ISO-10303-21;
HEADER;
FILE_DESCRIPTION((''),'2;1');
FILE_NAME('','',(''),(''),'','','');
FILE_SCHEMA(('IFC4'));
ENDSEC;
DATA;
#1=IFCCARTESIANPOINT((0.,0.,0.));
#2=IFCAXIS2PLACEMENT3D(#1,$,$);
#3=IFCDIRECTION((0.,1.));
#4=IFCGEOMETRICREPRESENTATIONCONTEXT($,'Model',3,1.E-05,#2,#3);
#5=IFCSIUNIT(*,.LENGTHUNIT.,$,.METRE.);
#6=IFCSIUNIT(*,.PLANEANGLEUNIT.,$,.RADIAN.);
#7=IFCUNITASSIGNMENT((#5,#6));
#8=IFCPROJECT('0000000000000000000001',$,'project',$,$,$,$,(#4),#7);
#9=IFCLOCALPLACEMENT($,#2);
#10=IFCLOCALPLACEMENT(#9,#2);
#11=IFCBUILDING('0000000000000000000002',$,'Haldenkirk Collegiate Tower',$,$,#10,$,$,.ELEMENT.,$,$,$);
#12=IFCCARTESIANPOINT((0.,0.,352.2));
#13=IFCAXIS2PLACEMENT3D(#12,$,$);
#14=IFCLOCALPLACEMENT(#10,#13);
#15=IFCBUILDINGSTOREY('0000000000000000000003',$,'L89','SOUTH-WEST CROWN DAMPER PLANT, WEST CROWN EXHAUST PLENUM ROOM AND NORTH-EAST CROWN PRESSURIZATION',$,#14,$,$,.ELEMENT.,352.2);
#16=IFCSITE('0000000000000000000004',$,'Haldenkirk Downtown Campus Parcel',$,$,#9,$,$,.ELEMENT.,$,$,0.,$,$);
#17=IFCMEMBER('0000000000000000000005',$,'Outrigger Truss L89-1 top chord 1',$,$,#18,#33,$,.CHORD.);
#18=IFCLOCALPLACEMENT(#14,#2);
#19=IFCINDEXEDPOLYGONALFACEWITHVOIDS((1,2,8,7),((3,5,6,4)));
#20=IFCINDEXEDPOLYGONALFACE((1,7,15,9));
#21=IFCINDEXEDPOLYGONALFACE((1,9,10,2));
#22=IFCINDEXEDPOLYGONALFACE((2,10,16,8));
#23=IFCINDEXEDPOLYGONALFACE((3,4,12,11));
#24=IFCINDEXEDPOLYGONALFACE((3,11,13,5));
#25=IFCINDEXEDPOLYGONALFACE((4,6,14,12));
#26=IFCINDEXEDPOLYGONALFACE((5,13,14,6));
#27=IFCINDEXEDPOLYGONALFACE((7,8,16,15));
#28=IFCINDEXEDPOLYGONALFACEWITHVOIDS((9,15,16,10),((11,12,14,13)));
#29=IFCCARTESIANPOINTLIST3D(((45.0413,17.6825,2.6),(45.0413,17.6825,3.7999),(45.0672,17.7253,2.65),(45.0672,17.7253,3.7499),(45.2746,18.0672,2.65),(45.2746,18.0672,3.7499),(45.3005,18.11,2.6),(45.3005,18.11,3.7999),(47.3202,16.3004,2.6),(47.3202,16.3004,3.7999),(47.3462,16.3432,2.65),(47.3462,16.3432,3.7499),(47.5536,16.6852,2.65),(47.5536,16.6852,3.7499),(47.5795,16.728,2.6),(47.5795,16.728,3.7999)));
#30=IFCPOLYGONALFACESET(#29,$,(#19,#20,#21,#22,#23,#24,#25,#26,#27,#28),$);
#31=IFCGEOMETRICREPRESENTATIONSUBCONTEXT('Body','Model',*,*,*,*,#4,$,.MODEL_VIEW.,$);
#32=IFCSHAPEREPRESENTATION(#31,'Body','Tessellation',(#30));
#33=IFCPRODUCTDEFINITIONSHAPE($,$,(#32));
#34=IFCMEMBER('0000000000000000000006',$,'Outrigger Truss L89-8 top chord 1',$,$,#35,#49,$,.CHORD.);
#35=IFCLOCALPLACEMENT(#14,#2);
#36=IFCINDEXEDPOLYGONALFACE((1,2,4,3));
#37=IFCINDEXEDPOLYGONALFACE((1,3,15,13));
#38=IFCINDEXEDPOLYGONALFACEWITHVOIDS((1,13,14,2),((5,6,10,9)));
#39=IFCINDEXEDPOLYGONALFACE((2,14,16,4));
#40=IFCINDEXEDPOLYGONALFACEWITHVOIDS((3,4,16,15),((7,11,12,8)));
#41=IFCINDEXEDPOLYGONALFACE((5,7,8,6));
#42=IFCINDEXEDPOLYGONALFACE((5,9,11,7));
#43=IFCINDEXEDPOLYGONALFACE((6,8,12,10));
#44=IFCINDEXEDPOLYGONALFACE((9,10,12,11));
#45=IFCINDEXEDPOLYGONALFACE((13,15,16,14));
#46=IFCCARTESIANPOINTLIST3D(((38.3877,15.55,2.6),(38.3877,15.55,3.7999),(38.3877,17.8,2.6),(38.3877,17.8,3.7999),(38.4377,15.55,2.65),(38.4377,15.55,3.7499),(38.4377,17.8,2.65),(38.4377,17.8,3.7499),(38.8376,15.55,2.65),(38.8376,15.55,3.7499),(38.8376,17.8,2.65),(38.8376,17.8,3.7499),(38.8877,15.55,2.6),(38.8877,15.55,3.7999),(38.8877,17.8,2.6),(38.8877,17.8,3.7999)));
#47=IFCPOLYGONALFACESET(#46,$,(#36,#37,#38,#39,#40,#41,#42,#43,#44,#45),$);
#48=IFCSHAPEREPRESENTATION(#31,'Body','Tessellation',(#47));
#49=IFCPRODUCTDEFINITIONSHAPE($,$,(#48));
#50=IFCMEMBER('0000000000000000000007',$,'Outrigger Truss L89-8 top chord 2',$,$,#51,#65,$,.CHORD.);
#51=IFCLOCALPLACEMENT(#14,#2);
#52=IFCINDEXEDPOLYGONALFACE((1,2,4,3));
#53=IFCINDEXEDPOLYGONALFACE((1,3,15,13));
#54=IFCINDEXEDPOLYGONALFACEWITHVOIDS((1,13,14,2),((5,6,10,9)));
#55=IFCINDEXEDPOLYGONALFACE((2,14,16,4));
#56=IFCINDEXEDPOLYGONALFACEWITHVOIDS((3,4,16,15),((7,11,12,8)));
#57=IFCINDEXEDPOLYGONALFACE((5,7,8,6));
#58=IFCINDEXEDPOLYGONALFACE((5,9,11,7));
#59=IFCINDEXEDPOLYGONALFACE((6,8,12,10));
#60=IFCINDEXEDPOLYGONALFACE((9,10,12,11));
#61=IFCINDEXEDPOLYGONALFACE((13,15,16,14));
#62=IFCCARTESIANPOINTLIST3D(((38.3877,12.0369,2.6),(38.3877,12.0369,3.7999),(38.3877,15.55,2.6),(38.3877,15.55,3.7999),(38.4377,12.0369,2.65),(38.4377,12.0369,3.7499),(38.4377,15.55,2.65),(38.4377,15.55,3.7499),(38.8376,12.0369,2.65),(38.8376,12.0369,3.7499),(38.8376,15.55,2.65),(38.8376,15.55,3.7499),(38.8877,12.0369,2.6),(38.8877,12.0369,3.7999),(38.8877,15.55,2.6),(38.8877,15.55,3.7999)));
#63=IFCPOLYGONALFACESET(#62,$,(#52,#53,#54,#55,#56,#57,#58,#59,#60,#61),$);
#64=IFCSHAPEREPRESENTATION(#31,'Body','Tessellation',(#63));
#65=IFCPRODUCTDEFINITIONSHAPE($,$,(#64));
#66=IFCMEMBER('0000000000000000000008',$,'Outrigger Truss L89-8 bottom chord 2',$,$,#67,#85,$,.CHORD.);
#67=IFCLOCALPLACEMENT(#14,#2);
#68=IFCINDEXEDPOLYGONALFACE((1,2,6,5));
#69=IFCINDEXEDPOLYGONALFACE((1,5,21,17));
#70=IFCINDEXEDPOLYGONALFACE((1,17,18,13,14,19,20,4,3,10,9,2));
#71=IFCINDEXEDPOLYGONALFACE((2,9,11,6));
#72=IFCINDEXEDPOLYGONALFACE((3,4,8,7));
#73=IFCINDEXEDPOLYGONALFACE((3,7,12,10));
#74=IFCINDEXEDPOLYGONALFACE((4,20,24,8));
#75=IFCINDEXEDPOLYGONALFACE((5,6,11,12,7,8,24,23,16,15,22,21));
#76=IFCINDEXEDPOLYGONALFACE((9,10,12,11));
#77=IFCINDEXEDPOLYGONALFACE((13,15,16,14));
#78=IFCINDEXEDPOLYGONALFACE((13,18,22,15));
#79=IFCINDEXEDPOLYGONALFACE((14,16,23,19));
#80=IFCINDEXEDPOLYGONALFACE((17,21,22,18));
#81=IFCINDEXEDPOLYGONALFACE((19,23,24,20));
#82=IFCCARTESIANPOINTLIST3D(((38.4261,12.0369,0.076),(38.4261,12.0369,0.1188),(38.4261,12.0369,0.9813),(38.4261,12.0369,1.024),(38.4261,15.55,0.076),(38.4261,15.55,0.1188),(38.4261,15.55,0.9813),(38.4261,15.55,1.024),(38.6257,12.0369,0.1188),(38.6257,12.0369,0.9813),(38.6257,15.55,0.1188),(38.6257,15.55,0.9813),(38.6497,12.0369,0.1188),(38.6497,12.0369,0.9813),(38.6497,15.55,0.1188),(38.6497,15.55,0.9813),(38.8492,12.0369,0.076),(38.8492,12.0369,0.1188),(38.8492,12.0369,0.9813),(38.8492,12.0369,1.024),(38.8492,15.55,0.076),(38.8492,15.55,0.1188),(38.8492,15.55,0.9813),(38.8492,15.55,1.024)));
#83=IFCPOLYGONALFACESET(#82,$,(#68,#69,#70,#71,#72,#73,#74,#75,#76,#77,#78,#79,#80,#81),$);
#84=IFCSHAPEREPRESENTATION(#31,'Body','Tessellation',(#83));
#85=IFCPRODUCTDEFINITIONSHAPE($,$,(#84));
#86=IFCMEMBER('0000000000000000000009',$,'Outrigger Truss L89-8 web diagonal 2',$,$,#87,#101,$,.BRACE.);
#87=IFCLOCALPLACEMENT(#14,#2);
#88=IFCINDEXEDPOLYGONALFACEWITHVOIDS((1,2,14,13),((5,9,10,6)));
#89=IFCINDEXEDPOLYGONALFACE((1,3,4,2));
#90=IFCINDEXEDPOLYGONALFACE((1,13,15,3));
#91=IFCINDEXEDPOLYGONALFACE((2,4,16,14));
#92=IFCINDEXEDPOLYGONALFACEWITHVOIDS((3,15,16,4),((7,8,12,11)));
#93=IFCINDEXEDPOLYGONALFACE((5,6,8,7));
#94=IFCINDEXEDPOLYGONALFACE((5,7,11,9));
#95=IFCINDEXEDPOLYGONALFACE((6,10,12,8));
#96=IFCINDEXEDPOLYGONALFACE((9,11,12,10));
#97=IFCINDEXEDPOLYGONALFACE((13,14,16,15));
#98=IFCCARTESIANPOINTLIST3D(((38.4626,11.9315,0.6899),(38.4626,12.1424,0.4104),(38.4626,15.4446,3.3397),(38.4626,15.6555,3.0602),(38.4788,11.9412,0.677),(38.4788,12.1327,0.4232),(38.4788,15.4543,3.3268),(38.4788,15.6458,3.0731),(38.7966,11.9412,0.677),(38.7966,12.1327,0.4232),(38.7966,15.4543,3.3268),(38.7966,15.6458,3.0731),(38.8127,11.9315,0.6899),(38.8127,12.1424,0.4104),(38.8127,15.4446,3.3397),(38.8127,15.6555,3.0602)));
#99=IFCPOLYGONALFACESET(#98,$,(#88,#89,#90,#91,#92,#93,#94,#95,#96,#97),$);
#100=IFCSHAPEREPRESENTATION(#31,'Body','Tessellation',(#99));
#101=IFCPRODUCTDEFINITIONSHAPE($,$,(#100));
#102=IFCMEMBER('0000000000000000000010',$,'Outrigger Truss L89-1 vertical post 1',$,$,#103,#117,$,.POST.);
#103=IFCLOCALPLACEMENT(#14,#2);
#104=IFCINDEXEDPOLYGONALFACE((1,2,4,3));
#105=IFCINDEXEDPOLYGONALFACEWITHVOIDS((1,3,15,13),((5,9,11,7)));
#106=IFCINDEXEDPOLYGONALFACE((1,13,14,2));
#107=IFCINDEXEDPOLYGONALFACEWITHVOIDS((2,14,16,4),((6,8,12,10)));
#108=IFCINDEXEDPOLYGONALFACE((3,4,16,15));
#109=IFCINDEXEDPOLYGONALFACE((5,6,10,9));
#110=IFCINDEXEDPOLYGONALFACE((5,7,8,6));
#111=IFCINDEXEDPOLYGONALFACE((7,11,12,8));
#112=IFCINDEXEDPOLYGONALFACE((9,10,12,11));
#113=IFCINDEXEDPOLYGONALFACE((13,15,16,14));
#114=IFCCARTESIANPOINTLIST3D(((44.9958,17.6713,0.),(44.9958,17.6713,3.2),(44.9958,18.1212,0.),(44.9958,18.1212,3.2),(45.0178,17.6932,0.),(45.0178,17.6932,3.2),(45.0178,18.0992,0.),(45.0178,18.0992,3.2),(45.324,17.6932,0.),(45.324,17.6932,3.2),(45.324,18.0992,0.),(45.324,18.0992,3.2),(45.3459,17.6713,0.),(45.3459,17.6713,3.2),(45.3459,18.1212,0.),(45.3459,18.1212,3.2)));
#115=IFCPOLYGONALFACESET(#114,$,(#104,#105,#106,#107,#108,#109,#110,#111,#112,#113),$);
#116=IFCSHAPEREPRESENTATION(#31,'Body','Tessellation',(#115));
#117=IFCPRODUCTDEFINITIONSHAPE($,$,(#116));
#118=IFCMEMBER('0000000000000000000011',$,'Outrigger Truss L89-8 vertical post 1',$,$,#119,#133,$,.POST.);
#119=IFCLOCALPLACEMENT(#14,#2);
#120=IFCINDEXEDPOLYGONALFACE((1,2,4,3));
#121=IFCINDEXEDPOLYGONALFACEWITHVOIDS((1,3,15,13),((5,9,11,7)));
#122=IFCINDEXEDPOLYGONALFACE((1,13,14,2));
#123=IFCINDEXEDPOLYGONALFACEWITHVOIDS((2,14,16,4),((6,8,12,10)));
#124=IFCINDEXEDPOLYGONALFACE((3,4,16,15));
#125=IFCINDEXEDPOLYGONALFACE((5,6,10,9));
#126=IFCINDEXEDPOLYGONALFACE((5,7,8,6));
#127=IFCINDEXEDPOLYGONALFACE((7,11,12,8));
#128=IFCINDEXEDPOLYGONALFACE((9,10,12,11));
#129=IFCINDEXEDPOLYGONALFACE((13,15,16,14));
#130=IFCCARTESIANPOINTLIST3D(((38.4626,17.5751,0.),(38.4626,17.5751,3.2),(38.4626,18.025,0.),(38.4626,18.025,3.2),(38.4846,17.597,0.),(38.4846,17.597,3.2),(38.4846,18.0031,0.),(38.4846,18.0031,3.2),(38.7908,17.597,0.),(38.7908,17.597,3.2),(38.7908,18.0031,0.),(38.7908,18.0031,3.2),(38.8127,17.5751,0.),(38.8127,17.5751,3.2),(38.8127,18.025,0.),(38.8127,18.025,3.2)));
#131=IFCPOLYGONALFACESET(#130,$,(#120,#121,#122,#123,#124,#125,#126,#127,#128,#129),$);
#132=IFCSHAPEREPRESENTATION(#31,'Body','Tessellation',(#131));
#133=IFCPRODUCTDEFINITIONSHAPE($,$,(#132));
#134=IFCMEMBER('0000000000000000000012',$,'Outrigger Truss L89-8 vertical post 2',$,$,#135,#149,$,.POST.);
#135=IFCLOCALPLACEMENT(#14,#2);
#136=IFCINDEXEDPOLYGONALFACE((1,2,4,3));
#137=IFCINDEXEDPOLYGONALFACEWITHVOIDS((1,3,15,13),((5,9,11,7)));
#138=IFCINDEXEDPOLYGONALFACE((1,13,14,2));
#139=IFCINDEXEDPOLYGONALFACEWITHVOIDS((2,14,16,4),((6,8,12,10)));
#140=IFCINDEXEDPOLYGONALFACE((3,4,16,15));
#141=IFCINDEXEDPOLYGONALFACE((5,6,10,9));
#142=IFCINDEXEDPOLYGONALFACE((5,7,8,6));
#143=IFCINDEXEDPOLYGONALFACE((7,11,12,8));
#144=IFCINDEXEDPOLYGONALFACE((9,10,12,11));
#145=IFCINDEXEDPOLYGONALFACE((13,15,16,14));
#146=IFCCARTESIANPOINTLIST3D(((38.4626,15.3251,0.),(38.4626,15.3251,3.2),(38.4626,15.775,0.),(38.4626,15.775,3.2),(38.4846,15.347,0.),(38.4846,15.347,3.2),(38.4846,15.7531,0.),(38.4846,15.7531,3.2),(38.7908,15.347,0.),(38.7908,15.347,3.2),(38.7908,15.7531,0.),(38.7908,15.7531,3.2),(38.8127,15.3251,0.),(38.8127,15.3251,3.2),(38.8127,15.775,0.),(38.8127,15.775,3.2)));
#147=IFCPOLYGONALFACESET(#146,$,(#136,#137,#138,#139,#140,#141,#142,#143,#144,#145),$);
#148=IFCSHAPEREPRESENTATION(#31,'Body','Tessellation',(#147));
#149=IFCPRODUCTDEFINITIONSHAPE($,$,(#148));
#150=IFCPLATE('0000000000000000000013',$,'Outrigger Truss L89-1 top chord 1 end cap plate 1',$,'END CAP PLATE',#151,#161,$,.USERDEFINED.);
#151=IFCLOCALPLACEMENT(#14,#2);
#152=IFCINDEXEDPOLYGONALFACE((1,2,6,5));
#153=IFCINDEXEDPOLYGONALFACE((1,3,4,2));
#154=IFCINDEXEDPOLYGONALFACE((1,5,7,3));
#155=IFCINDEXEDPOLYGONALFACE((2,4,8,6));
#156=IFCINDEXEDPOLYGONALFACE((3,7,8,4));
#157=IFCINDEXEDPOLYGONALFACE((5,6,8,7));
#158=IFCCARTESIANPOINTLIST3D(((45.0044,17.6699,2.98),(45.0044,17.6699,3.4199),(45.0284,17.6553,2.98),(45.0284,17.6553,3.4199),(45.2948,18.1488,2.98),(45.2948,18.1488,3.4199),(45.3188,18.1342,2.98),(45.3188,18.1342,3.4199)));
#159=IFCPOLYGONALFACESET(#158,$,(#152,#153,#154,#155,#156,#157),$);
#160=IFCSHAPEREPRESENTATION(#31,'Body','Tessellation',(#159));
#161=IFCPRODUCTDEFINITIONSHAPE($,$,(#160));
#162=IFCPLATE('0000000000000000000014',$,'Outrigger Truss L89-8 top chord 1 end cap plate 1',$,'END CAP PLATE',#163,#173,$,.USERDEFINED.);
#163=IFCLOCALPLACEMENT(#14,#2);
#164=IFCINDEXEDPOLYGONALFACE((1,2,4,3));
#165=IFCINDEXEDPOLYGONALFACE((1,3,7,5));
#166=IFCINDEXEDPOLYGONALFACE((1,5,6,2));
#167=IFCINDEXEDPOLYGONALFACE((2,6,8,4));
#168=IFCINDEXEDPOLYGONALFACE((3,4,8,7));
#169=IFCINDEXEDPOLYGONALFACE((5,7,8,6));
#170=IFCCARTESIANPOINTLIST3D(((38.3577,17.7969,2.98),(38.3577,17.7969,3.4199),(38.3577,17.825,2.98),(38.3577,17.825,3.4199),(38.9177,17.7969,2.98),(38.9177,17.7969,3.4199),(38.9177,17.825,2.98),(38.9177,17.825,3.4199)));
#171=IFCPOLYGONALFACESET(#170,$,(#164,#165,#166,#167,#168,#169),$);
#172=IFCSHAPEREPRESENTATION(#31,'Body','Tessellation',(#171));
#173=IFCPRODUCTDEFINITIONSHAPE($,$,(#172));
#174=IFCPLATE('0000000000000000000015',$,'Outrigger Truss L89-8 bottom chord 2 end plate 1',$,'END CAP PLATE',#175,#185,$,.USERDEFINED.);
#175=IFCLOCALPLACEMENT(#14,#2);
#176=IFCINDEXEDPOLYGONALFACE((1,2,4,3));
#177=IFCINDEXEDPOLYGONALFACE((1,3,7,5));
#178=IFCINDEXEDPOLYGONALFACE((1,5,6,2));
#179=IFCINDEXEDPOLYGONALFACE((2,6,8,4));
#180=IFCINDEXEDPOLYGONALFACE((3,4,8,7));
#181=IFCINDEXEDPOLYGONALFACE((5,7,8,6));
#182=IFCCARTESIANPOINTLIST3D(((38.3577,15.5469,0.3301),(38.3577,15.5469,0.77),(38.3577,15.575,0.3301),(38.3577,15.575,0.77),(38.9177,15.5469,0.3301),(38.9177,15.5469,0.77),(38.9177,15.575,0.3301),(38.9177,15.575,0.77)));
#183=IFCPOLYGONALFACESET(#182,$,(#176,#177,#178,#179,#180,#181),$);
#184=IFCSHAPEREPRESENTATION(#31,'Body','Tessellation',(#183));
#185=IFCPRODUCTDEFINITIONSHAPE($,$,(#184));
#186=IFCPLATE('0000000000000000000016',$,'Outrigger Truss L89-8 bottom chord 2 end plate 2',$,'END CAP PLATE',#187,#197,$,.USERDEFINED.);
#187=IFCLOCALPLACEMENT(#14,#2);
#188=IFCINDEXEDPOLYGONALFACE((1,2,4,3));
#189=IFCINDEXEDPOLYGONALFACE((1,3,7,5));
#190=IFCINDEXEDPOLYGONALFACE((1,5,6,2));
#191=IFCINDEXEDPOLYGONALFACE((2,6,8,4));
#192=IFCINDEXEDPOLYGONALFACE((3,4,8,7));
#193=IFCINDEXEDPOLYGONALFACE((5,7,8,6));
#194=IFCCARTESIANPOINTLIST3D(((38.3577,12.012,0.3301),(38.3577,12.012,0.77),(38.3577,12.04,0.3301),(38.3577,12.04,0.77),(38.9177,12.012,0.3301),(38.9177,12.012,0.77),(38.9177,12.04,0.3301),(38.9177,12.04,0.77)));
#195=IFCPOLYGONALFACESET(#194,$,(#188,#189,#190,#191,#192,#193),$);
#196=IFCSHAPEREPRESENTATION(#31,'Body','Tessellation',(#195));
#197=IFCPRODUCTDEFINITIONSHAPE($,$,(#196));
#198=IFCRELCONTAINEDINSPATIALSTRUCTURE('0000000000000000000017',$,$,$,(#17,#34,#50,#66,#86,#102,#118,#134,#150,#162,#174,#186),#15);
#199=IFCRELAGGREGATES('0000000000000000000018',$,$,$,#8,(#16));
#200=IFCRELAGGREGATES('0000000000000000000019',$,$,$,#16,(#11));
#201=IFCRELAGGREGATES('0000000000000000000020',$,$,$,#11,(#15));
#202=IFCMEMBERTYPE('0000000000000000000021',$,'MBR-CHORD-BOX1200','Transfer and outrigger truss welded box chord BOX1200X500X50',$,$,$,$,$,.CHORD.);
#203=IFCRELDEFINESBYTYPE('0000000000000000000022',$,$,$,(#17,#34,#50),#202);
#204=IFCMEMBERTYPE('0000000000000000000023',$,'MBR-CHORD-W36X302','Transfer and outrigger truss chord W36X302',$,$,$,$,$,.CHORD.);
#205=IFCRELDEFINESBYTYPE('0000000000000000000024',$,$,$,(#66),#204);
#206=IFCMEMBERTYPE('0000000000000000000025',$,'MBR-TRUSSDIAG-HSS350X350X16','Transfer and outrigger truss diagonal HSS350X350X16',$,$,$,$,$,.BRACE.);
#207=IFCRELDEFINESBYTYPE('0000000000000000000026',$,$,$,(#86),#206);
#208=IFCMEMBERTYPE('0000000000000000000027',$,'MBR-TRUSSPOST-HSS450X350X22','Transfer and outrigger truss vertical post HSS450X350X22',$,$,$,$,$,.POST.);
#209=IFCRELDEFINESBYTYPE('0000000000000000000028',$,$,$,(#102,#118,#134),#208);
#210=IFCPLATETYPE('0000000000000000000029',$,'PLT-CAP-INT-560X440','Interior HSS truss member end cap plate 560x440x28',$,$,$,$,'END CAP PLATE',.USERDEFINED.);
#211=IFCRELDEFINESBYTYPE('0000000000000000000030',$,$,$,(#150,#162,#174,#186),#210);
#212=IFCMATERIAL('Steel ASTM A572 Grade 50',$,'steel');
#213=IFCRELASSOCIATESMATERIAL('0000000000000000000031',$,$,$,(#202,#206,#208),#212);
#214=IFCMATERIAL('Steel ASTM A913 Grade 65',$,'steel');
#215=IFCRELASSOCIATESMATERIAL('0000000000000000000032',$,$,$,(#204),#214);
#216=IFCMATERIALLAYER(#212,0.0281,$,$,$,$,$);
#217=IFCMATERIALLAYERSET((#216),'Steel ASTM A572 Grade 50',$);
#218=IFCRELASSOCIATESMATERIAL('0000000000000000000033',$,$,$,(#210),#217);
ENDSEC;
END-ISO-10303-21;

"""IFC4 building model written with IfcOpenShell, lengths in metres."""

from ifc_helpers import new_model, si_unit, direction, frame, origin, origin_2d, place, context, subcontext, project, spatial, rectangle, hollow_rectangle, i_section, extrude, source, transform, mapped, material, layer, layer_set, material_profile, profile_set, type_object, element, save


model = new_model("IFC4")

# Units and contexts
model_context = context("Model", 3, precision=1e-05, world=origin(), true_north=direction((0.0, 1.0)))
body_context = subcontext(model_context, "Body", "Model", "MODEL_VIEW")
ifc_project = project(units=[si_unit("LENGTHUNIT", "METRE"), si_unit("PLANEANGLEUNIT", "RADIAN")], contexts=[model_context])

# Site, building, storey
site_placement = place(None, origin())
site = spatial("IfcSite", under=ifc_project, at=site_placement, Name="Haldenkirk Downtown Campus Parcel", CompositionType="ELEMENT", RefElevation=0.0)
building_placement = place(site_placement, origin())
building = spatial("IfcBuilding", under=site, at=building_placement, Name="Haldenkirk Collegiate Tower", CompositionType="ELEMENT")
storey_placement = place(building_placement, frame((0.0, 0.0, 352.2)))
storey = spatial("IfcBuildingStorey", under=building, at=storey_placement, Name="L89", Description="SOUTH-WEST CROWN DAMPER PLANT, WEST CROWN EXHAUST PLENUM ROOM AND NORTH-EAST CROWN PRESSURIZATION", CompositionType="ELEMENT", Elevation=352.2)

# Members
ifc_material_1 = material(Name="Steel ASTM A572 Grade 50", Category="steel")
ifc_material_profile_1 = material_profile(ifc_material_1, hollow_rectangle(XDim=0.5, YDim=1.2, WallThickness=0.05, at=origin_2d()), Name="BOX1200X500X50")
ifc_profile_set_1 = profile_set([ifc_material_profile_1], Name="Steel ASTM A572 Grade 50")
member_type_1 = type_object("IfcMemberType", Name="MBR-CHORD-BOX1200", Description="Transfer and outrigger truss welded box chord BOX1200X500X50", PredefinedType="CHORD", material=ifc_profile_set_1)
member_1_placement = place(storey_placement, frame((45.1709, 17.8962, 3.2), z_axis=(0.855059, -0.518531, 0.0), x_axis=(0.518531, 0.855059, 0.0)))
element("IfcMember", 1, at=member_1_placement, inside=storey, type_object=member_type_1, Name="Outrigger Truss L89-1 top chord 1", PredefinedType="CHORD", context=body_context, shape_type="SweptSolid", body=[
    extrude(hollow_rectangle(XDim=0.5, YDim=1.2, WallThickness=0.05, at=origin_2d()), origin(), (0.0, 0.0, 1.0), 2.6653),
])
member_2_placement = place(storey_placement, frame((38.6377, 17.8, 3.2), z_axis=(0.0, -1.0, 0.0), x_axis=(1.0, 0.0, 0.0)))
element("IfcMember", 2, at=member_2_placement, inside=storey, type_object=member_type_1, Name="Outrigger Truss L89-8 top chord 1", PredefinedType="CHORD", context=body_context, shape_type="SweptSolid", body=[
    extrude(hollow_rectangle(XDim=0.5, YDim=1.2, WallThickness=0.05, at=origin_2d()), origin(), (0.0, 0.0, 1.0), 2.25),
])
member_3_placement = place(storey_placement, frame((38.6377, 15.55, 3.2), z_axis=(0.0, -1.0, 0.0), x_axis=(1.0, 0.0, 0.0)))
element("IfcMember", 3, at=member_3_placement, inside=storey, type_object=member_type_1, Name="Outrigger Truss L89-8 top chord 2", PredefinedType="CHORD", context=body_context, shape_type="SweptSolid", body=[
    extrude(hollow_rectangle(XDim=0.5, YDim=1.2, WallThickness=0.05, at=origin_2d()), origin(), (0.0, 0.0, 1.0), 3.5132),
])
ifc_material_2 = material(Name="Steel ASTM A913 Grade 65", Category="steel")
ifc_material_profile_2 = material_profile(ifc_material_2, i_section(OverallWidth=0.4231, OverallDepth=0.948, WebThickness=0.0239, FlangeThickness=0.0427, at=origin_2d()), Name="W36X302")
ifc_profile_set_2 = profile_set([ifc_material_profile_2], Name="Steel ASTM A913 Grade 65")
member_type_2 = type_object("IfcMemberType", Name="MBR-CHORD-W36X302", Description="Transfer and outrigger truss chord W36X302", PredefinedType="CHORD", material=ifc_profile_set_2)
member_4_placement = place(storey_placement, frame((38.6377, 15.55, 0.55), z_axis=(0.0, -1.0, 0.0), x_axis=(1.0, 0.0, 0.0)))
element("IfcMember", 4, at=member_4_placement, inside=storey, type_object=member_type_2, Name="Outrigger Truss L89-8 bottom chord 2", PredefinedType="CHORD", context=body_context, shape_type="SweptSolid", body=[
    extrude(i_section(OverallWidth=0.4231, OverallDepth=0.948, WebThickness=0.0239, FlangeThickness=0.0427, at=origin_2d()), origin(), (0.0, 0.0, 1.0), 3.5132),
])
ifc_material_profile_3 = material_profile(ifc_material_1, hollow_rectangle(XDim=0.3501, YDim=0.3501, WallThickness=0.0161, at=origin_2d()), Name="HSS350X350X16")
ifc_profile_set_3 = profile_set([ifc_material_profile_3], Name="Steel ASTM A572 Grade 50")
member_type_3 = type_object("IfcMemberType", Name="MBR-TRUSSDIAG-HSS350X350X16", Description="Transfer and outrigger truss diagonal HSS350X350X16", PredefinedType="BRACE", material=ifc_profile_set_3)
member_5_placement = place(storey_placement, frame((38.6377, 15.55, 3.2), z_axis=(0.0, -0.798359, -0.602181), x_axis=(1.0, 0.0, 0.0)))
element("IfcMember", 5, at=member_5_placement, inside=storey, type_object=member_type_3, Name="Outrigger Truss L89-8 web diagonal 2", PredefinedType="BRACE", context=body_context, shape_type="SweptSolid", body=[
    extrude(hollow_rectangle(XDim=0.3501, YDim=0.3501, WallThickness=0.0161, at=origin_2d()), origin(), (0.0, 0.0, 1.0), 4.4004),
])
ifc_material_profile_4 = material_profile(ifc_material_1, hollow_rectangle(XDim=0.3501, YDim=0.45, WallThickness=0.022, at=origin_2d()), Name="HSS450X350X22")
ifc_profile_set_4 = profile_set([ifc_material_profile_4], Name="Steel ASTM A572 Grade 50")
member_type_4 = type_object("IfcMemberType", Name="MBR-TRUSSPOST-HSS450X350X22", Description="Transfer and outrigger truss vertical post HSS450X350X22", PredefinedType="POST", material=ifc_profile_set_4)
for number, where, z_axis, x_axis, name in (
    (6, (45.1709, 17.8962, 0.0), (0.0, 0.0, 1.0), (1.0, 0.0, 0.0), "Outrigger Truss L89-1 vertical post 1"),
    (7, (38.6377, 17.8, 0.0), (0.0, 0.0, 1.0), (1.0, 0.0, 0.0), "Outrigger Truss L89-8 vertical post 1"),
    (8, (38.6377, 15.55, 0.0), (0.0, 0.0, 1.0), (1.0, 0.0, 0.0), "Outrigger Truss L89-8 vertical post 2"),
):
    element("IfcMember", number, at=place(storey_placement, frame(where, z_axis=z_axis, x_axis=x_axis)), inside=storey, type_object=member_type_4, Name=name, PredefinedType="POST", context=body_context, shape_type="SweptSolid", body=[
        extrude(hollow_rectangle(XDim=0.3501, YDim=0.45, WallThickness=0.022, at=origin_2d()), origin(), (0.0, 0.0, 1.0), 3.2),
    ])

# Plates
ifc_layer_1 = layer(ifc_material_1, 0.0281)
ifc_layer_set_1 = layer_set([ifc_layer_1], Name="Steel ASTM A572 Grade 50")
plate_type_1 = type_object("IfcPlateType", Name="PLT-CAP-INT-560X440", Description="Interior HSS truss member end cap plate 560x440x28", ElementType="END CAP PLATE", PredefinedType="USERDEFINED", material=ifc_layer_set_1)
shared_shape_1 = source(origin(), body_context, "Body", "SweptSolid", [
    extrude(rectangle(XDim=0.5601, YDim=0.4399, at=origin_2d()), origin(), (0.0, 0.0, 1.0), 0.0281),
])
for number, where, z_axis, x_axis, name in (
    (9, (45.1736, 17.8948, 3.2), (-0.855034, 0.518573, 0.0), (-0.518573, -0.855034, 0.0), "Outrigger Truss L89-1 top chord 1 end cap plate 1"),
    (10, (38.6377, 17.7969, 3.2), (0.0, 1.0, 0.0), (-1.0, 0.0, 0.0), "Outrigger Truss L89-8 top chord 1 end cap plate 1"),
    (11, (38.6377, 15.5469, 0.55), (0.0, 1.0, 0.0), (-1.0, 0.0, 0.0), "Outrigger Truss L89-8 bottom chord 2 end plate 1"),
    (12, (38.6377, 12.04, 0.55), (0.0, -1.0, 0.0), (1.0, 0.0, 0.0), "Outrigger Truss L89-8 bottom chord 2 end plate 2"),
):
    element("IfcPlate", number, at=place(storey_placement, frame(where, z_axis=z_axis, x_axis=x_axis)), inside=storey, type_object=plate_type_1, Name=name, ObjectType="END CAP PLATE", PredefinedType="USERDEFINED", context=body_context, shape_type="MappedRepresentation", body=[
        mapped(shared_shape_1, transform((0.0, 0.0, 0.0), x_axis=(1.0, 0.0, 0.0), y_axis=(0.0, 1.0, 0.0), z_axis=(0.0, 0.0, 1.0), scale=1.0)),
    ])

save(model, "model.ifc")
